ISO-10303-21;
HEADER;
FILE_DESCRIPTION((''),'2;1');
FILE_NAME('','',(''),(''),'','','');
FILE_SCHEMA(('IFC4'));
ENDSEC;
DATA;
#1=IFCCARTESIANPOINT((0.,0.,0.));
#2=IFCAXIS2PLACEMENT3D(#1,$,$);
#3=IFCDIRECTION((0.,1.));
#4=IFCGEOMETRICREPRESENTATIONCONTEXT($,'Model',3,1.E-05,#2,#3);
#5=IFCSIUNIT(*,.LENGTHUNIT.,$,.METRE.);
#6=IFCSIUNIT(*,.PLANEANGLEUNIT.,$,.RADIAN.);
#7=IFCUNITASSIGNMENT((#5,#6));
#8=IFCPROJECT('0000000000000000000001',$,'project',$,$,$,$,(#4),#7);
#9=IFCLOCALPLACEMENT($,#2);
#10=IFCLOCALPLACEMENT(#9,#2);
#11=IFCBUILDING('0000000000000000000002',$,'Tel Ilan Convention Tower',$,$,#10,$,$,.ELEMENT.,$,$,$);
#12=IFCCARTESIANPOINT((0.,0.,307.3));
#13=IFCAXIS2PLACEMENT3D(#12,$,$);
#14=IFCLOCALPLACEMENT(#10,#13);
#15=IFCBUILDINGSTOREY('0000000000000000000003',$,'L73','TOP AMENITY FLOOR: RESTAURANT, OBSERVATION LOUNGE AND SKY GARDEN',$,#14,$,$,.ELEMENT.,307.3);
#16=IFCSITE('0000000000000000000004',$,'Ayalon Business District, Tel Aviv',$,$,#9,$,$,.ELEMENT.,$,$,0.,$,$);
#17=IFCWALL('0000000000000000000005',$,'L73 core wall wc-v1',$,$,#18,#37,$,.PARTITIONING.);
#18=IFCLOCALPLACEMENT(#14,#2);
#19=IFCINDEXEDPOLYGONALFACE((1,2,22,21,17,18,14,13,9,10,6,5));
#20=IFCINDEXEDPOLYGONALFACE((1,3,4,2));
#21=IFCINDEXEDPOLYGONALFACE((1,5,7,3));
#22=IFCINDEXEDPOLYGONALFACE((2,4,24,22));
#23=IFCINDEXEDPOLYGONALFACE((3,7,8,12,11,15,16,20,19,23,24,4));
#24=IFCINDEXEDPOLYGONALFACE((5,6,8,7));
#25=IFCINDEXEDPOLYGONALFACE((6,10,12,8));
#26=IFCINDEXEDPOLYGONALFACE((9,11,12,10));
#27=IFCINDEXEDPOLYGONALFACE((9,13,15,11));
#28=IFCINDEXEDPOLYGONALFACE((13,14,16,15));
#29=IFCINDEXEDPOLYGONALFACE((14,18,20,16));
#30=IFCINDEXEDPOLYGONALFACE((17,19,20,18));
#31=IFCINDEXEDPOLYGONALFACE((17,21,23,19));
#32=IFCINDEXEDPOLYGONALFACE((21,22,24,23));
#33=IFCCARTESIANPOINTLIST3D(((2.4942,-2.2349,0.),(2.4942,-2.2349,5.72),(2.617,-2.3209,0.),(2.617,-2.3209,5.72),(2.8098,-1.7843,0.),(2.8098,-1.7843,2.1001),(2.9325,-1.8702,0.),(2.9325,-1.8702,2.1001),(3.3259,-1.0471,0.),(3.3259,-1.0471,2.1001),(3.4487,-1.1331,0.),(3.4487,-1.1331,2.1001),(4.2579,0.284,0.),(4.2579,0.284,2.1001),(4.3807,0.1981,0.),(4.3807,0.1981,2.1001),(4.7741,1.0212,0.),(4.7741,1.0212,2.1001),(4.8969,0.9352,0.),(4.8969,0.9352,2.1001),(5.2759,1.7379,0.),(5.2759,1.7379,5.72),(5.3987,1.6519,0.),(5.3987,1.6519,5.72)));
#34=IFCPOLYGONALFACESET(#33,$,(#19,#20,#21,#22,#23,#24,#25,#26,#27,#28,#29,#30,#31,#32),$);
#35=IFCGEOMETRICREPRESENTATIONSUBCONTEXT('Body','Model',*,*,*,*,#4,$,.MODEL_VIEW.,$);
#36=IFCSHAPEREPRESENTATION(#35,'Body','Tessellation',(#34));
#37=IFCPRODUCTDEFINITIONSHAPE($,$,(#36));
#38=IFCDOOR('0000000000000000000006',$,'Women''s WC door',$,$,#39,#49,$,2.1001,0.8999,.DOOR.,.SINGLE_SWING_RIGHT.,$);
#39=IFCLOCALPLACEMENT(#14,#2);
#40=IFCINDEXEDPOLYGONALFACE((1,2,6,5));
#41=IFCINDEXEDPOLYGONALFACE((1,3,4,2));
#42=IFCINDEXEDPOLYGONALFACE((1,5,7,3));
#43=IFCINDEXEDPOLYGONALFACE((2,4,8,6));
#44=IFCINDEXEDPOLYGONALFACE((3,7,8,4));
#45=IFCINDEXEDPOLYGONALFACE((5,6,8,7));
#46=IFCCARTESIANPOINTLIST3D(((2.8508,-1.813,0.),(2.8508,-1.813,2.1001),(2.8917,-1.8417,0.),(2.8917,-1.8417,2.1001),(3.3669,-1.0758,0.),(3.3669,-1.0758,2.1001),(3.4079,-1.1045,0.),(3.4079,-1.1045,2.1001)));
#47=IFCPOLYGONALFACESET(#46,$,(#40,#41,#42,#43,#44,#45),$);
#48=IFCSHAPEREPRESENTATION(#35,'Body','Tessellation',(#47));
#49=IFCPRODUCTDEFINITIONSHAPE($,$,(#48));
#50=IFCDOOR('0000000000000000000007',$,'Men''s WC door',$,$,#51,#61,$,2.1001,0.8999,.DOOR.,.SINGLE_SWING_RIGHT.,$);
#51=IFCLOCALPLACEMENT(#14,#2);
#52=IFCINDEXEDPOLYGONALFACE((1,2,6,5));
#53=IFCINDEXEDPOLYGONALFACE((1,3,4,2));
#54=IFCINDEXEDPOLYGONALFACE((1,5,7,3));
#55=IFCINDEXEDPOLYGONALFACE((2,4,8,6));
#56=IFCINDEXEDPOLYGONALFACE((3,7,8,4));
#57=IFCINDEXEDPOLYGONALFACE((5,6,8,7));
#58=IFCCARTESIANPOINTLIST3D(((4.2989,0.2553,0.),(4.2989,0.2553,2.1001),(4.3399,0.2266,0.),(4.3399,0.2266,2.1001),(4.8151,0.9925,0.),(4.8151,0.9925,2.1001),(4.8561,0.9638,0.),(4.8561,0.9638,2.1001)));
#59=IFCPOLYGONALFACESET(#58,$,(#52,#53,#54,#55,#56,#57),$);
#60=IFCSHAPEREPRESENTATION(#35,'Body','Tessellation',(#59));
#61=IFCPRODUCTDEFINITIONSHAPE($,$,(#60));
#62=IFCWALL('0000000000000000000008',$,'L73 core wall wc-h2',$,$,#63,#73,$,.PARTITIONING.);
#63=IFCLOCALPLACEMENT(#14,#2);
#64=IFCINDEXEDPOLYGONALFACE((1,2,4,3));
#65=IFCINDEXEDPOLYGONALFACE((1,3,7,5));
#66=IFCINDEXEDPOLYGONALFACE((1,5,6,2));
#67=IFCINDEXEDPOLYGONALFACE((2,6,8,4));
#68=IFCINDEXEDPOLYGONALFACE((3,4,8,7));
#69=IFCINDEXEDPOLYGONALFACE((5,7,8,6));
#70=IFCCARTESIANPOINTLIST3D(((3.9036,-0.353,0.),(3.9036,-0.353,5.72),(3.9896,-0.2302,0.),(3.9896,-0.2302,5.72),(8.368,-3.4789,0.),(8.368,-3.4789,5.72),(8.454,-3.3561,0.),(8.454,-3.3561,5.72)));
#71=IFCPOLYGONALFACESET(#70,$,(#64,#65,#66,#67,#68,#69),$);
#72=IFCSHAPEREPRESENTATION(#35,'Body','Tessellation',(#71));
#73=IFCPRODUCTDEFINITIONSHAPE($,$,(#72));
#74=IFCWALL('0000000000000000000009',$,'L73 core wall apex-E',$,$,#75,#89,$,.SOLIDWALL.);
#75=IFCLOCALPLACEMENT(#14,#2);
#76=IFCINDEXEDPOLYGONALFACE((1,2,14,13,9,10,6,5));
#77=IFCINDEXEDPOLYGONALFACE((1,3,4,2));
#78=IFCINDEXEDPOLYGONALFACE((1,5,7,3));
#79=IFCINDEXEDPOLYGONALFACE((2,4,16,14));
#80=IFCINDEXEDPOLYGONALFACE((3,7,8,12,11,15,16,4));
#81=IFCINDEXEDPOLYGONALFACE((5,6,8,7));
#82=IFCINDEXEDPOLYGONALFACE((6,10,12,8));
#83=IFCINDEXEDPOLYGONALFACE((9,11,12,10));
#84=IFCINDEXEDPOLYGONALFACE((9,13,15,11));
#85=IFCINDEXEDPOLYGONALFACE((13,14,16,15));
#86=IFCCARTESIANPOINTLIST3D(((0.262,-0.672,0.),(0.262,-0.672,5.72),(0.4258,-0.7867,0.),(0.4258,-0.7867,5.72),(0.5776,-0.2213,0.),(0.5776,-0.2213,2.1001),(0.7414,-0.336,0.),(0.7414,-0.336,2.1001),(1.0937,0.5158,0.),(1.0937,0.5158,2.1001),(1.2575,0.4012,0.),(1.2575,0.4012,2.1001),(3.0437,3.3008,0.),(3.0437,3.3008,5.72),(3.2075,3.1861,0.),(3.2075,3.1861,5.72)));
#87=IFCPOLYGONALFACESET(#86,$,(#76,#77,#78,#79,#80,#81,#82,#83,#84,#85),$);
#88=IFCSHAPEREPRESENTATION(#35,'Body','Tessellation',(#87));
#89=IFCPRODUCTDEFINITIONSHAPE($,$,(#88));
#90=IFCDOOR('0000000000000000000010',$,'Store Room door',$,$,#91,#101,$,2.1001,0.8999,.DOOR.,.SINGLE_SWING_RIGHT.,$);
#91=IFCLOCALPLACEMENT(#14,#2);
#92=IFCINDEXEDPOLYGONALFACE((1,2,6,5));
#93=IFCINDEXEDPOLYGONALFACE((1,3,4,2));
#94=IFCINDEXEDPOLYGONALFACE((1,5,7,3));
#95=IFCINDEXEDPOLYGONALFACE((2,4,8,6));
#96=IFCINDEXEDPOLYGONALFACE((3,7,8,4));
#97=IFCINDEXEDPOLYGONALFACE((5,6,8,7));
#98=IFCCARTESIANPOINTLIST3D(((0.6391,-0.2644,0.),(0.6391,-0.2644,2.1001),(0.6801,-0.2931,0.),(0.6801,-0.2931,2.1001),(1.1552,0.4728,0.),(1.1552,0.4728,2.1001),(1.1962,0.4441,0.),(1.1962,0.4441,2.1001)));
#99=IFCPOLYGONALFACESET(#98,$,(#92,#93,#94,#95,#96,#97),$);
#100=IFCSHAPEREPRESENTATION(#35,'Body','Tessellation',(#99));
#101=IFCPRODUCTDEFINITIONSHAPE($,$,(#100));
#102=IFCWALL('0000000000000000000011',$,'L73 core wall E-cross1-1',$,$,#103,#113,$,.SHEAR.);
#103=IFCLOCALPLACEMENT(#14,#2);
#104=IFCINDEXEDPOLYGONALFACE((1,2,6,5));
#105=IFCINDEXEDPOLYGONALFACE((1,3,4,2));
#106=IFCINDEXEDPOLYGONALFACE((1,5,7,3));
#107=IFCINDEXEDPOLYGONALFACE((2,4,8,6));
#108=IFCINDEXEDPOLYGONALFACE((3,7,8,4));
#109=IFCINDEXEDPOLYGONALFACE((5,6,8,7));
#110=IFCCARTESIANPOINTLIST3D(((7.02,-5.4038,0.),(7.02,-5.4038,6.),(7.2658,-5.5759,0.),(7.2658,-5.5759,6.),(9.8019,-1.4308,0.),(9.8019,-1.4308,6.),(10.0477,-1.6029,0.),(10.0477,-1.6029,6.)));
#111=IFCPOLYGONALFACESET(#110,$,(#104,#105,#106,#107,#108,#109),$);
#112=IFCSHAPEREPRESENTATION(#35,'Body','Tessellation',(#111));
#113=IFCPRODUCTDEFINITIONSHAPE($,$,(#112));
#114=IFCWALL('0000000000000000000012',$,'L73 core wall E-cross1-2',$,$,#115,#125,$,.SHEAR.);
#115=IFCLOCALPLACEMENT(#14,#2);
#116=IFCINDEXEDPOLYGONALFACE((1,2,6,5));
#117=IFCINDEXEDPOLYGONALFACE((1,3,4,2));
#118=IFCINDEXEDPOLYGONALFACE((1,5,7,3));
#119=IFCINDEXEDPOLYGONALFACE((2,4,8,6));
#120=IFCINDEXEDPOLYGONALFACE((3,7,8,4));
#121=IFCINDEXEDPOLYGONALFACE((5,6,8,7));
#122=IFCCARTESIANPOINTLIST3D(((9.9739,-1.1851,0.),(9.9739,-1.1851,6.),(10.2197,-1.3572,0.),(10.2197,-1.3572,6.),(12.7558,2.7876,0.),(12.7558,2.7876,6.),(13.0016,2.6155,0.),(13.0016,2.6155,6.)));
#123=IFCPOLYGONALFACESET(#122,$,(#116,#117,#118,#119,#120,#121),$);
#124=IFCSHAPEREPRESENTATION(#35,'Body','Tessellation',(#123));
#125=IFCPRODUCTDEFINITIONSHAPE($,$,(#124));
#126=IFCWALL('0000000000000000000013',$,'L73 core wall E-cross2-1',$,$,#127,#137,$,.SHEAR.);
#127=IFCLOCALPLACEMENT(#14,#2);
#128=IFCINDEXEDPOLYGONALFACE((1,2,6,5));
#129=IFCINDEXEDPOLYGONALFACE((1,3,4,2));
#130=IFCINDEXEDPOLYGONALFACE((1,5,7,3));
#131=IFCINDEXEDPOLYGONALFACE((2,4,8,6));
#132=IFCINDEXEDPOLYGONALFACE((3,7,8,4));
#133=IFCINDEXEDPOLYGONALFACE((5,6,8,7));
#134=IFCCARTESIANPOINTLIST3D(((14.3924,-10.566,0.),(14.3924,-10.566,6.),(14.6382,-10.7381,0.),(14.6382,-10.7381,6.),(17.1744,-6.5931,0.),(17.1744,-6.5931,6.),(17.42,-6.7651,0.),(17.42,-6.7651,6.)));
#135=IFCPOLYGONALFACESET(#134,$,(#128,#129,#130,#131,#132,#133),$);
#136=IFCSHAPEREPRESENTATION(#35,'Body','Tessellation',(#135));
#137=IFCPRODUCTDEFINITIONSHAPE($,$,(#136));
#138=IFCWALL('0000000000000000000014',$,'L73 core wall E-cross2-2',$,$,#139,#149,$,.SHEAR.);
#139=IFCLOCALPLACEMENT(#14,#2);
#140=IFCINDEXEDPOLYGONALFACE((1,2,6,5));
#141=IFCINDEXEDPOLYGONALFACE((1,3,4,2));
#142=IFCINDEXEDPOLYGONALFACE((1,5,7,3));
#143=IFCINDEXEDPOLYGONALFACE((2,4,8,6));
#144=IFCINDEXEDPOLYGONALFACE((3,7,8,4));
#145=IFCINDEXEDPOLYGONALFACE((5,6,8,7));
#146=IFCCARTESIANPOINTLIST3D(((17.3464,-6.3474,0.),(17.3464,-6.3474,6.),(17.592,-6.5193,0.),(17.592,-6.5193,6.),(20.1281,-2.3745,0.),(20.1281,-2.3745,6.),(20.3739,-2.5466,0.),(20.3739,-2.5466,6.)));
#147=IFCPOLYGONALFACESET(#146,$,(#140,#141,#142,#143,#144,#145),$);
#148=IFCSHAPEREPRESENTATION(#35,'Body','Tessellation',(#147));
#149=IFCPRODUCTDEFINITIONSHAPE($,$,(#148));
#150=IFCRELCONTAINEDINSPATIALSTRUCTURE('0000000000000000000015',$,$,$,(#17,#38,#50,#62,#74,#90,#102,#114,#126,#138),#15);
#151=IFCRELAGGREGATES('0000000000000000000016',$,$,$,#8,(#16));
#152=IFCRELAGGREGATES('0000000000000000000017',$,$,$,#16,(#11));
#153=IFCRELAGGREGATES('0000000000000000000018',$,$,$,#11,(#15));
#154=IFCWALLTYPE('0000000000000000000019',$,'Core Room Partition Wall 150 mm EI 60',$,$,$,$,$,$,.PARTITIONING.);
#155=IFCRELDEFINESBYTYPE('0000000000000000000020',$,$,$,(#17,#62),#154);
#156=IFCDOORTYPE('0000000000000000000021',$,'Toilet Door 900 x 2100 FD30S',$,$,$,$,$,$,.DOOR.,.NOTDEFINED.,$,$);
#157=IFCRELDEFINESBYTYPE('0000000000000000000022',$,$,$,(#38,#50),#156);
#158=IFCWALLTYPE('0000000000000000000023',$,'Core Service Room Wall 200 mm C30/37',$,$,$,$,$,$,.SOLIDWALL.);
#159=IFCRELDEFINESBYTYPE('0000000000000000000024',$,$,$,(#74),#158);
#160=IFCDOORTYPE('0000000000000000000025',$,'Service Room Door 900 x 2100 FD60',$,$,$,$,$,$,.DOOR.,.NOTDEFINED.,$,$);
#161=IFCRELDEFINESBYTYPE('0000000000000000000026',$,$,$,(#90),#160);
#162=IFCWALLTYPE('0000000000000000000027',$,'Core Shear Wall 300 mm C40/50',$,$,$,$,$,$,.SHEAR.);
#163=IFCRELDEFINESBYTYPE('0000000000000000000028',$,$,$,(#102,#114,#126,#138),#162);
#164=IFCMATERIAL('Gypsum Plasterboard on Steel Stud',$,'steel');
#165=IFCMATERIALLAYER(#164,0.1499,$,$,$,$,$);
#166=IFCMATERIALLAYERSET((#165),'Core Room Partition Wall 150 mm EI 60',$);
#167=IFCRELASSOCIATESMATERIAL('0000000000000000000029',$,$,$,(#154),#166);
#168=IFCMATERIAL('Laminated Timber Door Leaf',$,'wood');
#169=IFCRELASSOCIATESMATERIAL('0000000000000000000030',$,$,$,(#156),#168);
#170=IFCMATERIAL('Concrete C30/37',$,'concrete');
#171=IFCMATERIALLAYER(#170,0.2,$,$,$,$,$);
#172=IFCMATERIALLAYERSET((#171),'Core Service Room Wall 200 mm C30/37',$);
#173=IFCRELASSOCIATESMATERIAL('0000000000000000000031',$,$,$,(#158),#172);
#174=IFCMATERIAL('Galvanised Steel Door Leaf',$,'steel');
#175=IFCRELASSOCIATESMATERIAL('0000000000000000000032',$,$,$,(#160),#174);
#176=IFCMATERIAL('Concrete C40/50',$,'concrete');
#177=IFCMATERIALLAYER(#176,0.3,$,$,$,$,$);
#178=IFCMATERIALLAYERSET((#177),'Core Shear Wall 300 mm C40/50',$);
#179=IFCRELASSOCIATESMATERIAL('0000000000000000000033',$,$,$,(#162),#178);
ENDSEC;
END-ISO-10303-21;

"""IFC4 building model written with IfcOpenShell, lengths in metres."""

from ifc_helpers import new_model, si_unit, direction, frame, frame_2d, origin, place, context, subcontext, project, spatial, polyline, rectangle, outline, extrude, material, layer, layer_set, type_object, element, fill, save


model = new_model("IFC4")

# Units and contexts
model_context = context("Model", 3, precision=1e-05, world=origin(), true_north=direction((0.0, 1.0)))
body_context = subcontext(model_context, "Body", "Model", "MODEL_VIEW")
ifc_project = project(units=[si_unit("LENGTHUNIT", "METRE"), si_unit("PLANEANGLEUNIT", "RADIAN")], contexts=[model_context])

# Site, building, storey
site_placement = place(None, origin())
site = spatial("IfcSite", under=ifc_project, at=site_placement, Name="Ayalon Business District, Tel Aviv", CompositionType="ELEMENT", RefElevation=0.0)
building_placement = place(site_placement, origin())
building = spatial("IfcBuilding", under=site, at=building_placement, Name="Tel Ilan Convention Tower", CompositionType="ELEMENT")
storey_placement = place(building_placement, frame((0.0, 0.0, 307.3)))
storey = spatial("IfcBuildingStorey", under=building, at=storey_placement, Name="L73", Description="TOP AMENITY FLOOR: RESTAURANT, OBSERVATION LOUNGE AND SKY GARDEN", CompositionType="ELEMENT", Elevation=307.3)

# Wall, openings, doors
ifc_material_1 = material(Name="Gypsum Plasterboard on Steel Stud", Category="steel")
ifc_layer_1 = layer(ifc_material_1, 0.1499)
ifc_layer_set_1 = layer_set([ifc_layer_1], Name="Core Room Partition Wall 150 mm EI 60")
wall_type_1 = type_object("IfcWallType", Name="Core Room Partition Wall 150 mm EI 60", PredefinedType="PARTITIONING", material=ifc_layer_set_1)
wall_1_placement = place(storey_placement, frame((2.5557, -2.2778, 0.0), z_axis=(0.0, 0.0, 1.0), x_axis=(0.57356, 0.819163, 0.0)))
wall_1 = element("IfcWall", 1, at=wall_1_placement, inside=storey, type_object=wall_type_1, Name="L73 core wall wc-v1", PredefinedType="PARTITIONING", context=body_context, shape_type="SweptSolid", body=[
    extrude(rectangle(XDim=4.8499, YDim=0.1499, at=frame_2d((2.4248, 0.0))), origin(), (0.0, 0.0, 1.0), 5.72),
])
opening_1_placement = place(wall_1_placement, frame((0.55, 0.0, 0.0)))
opening_1 = element("IfcOpeningElement", 2, at=opening_1_placement, cuts=wall_1, PredefinedType="OPENING", context=body_context, shape_type="SweptSolid", body=[
    extrude(rectangle(XDim=0.8999, YDim=2.1001, at=frame_2d((0.45, 1.05))), frame((0.0, 0.085, 0.0), z_axis=(0.0, -1.0, 0.0), x_axis=(1.0, 0.0, 0.0)), (0.0, 0.0, 1.0), 0.1699),
])
opening_2_placement = place(wall_1_placement, frame((3.075, 0.0, 0.0)))
opening_2 = element("IfcOpeningElement", 3, at=opening_2_placement, cuts=wall_1, PredefinedType="OPENING", context=body_context, shape_type="SweptSolid", body=[
    extrude(rectangle(XDim=0.8999, YDim=2.1001, at=frame_2d((0.45, 1.05))), frame((0.0, 0.085, 0.0), z_axis=(0.0, -1.0, 0.0), x_axis=(1.0, 0.0, 0.0)), (0.0, 0.0, 1.0), 0.1699),
])
ifc_material_2 = material(Name="Laminated Timber Door Leaf", Category="wood")
door_type_1 = type_object("IfcDoorType", Name="Toilet Door 900 x 2100 FD30S", OperationType="NOTDEFINED", PredefinedType="DOOR", material=ifc_material_2)
door_1_placement = place(opening_1_placement, origin())
door_1 = element("IfcDoor", 4, at=door_1_placement, inside=storey, type_object=door_type_1, Name="Women's WC door", OperationType="SINGLE_SWING_RIGHT", OverallHeight=2.1001, OverallWidth=0.8999, PredefinedType="DOOR", context=body_context, shape_type="SweptSolid", body=[
    extrude(rectangle(XDim=0.8999, YDim=2.1001, at=frame_2d((0.45, 1.05))), frame((0.0, 0.0249, 0.0), z_axis=(0.0, -1.0, 0.0), x_axis=(1.0, 0.0, 0.0)), (0.0, 0.0, 1.0), 0.05),
])
fill(opening_1, door_1)
door_2_placement = place(opening_2_placement, origin())
door_2 = element("IfcDoor", 5, at=door_2_placement, inside=storey, type_object=door_type_1, Name="Men's WC door", OperationType="SINGLE_SWING_RIGHT", OverallHeight=2.1001, OverallWidth=0.8999, PredefinedType="DOOR", context=body_context, shape_type="SweptSolid", body=[
    extrude(rectangle(XDim=0.8999, YDim=2.1001, at=frame_2d((0.45, 1.05))), frame((0.0, 0.0249, 0.0), z_axis=(0.0, -1.0, 0.0), x_axis=(1.0, 0.0, 0.0)), (0.0, 0.0, 1.0), 0.05),
])
fill(opening_2, door_2)

# Wall
wall_2_placement = place(storey_placement, frame((3.9465, -0.2915, 0.0), z_axis=(0.0, 0.0, 1.0), x_axis=(0.819152, -0.573577, 0.0)))
element("IfcWall", 6, at=wall_2_placement, inside=storey, type_object=wall_type_1, Name="L73 core wall wc-h2", PredefinedType="PARTITIONING", context=body_context, shape_type="SweptSolid", body=[
    extrude(rectangle(XDim=5.45, YDim=0.1499, at=frame_2d((2.7251, 0.0))), origin(), (0.0, 0.0, 1.0), 5.72),
])

# Wall, opening, door
ifc_material_3 = material(Name="Concrete C30/37", Category="concrete")
ifc_layer_2 = layer(ifc_material_3, 0.2)
ifc_layer_set_2 = layer_set([ifc_layer_2], Name="Core Service Room Wall 200 mm C30/37")
wall_type_2 = type_object("IfcWallType", Name="Core Service Room Wall 200 mm C30/37", PredefinedType="SOLIDWALL", material=ifc_layer_set_2)
wall_3_placement = place(storey_placement, frame((0.344, -0.7292, 0.0), z_axis=(0.0, 0.0, 1.0), x_axis=(0.57356, 0.819163, 0.0)))
wall_3 = element("IfcWall", 7, at=wall_3_placement, inside=storey, type_object=wall_type_2, Name="L73 core wall apex-E", PredefinedType="SOLIDWALL", context=body_context, shape_type="SweptSolid", body=[
    extrude(rectangle(XDim=4.8499, YDim=0.2, at=frame_2d((2.4248, 0.0))), origin(), (0.0, 0.0, 1.0), 5.72),
])
opening_3_placement = place(wall_3_placement, frame((0.55, 0.0, 0.0)))
opening_3 = element("IfcOpeningElement", 8, at=opening_3_placement, cuts=wall_3, PredefinedType="OPENING", context=body_context, shape_type="SweptSolid", body=[
    extrude(rectangle(XDim=0.8999, YDim=2.1001, at=frame_2d((0.45, 1.05))), frame((0.0, 0.1099, 0.0), z_axis=(0.0, -1.0, 0.0), x_axis=(1.0, 0.0, 0.0)), (0.0, 0.0, 1.0), 0.22),
])
ifc_material_4 = material(Name="Galvanised Steel Door Leaf", Category="steel")
door_type_2 = type_object("IfcDoorType", Name="Service Room Door 900 x 2100 FD60", OperationType="NOTDEFINED", PredefinedType="DOOR", material=ifc_material_4)
door_3_placement = place(opening_3_placement, origin())
door_3 = element("IfcDoor", 9, at=door_3_placement, inside=storey, type_object=door_type_2, Name="Store Room door", OperationType="SINGLE_SWING_RIGHT", OverallHeight=2.1001, OverallWidth=0.8999, PredefinedType="DOOR", context=body_context, shape_type="SweptSolid", body=[
    extrude(rectangle(XDim=0.8999, YDim=2.1001, at=frame_2d((0.45, 1.05))), frame((0.0, 0.0249, 0.0), z_axis=(0.0, -1.0, 0.0), x_axis=(1.0, 0.0, 0.0)), (0.0, 0.0, 1.0), 0.05),
])
fill(opening_3, door_3)

# Walls
ifc_material_5 = material(Name="Concrete C40/50", Category="concrete")
ifc_layer_3 = layer(ifc_material_5, 0.3)
ifc_layer_set_3 = layer_set([ifc_layer_3], Name="Core Shear Wall 300 mm C40/50")
wall_type_3 = type_object("IfcWallType", Name="Core Shear Wall 300 mm C40/50", PredefinedType="SHEAR", material=ifc_layer_set_3)
wall_4_placement = place(storey_placement, frame((7.1428, -5.4897, 0.0), z_axis=(0.0, 0.0, 1.0), x_axis=(0.573618, 0.819123, 0.0)))
element("IfcWall", 10, at=wall_4_placement, inside=storey, type_object=wall_type_3, Name="L73 core wall E-cross1-1", PredefinedType="SHEAR", context=body_context, shape_type="SweptSolid", body=[
    extrude(outline(polyline([(0.0, 0.1499), (0.0, -0.1501), (4.8501, -0.1499), (4.8501, 0.1501), (0.0, 0.1499)])), origin(), (0.0, 0.0, 1.0), 6.0),
])
wall_5_placement = place(storey_placement, frame((10.0969, -1.2712, 0.0), z_axis=(0.0, 0.0, 1.0), x_axis=(0.57356, 0.819163, 0.0)))
element("IfcWall", 11, at=wall_5_placement, inside=storey, type_object=wall_type_3, Name="L73 core wall E-cross1-2", PredefinedType="SHEAR", context=body_context, shape_type="SweptSolid", body=[
    extrude(outline(polyline([(4.8499, -0.1501), (4.8499, 0.1499), (0.0, 0.1501), (0.0, -0.1499), (4.8499, -0.1501)])), origin(), (0.0, 0.0, 1.0), 6.0),
])
wall_6_placement = place(storey_placement, frame((14.5154, -10.6521, 0.0), z_axis=(0.0, 0.0, 1.0), x_axis=(0.57356, 0.819163, 0.0)))
element("IfcWall", 12, at=wall_6_placement, inside=storey, type_object=wall_type_3, Name="L73 core wall E-cross2-1", PredefinedType="SHEAR", context=body_context, shape_type="SweptSolid", body=[
    extrude(outline(polyline([(0.0, 0.1501), (0.0, -0.1499), (4.8501, -0.1499), (4.8501, 0.1499), (0.0, 0.1501)])), origin(), (0.0, 0.0, 1.0), 6.0),
])
wall_7_placement = place(storey_placement, frame((17.4692, -6.4333, 0.0), z_axis=(0.0, 0.0, 1.0), x_axis=(0.573594, 0.81914, 0.0)))
element("IfcWall", 13, at=wall_7_placement, inside=storey, type_object=wall_type_3, Name="L73 core wall E-cross2-2", PredefinedType="SHEAR", context=body_context, shape_type="SweptSolid", body=[
    extrude(outline(polyline([(4.8499, -0.1499), (4.8499, 0.1501), (0.0, 0.1499), (0.0, -0.1499), (4.8499, -0.1499)])), origin(), (0.0, 0.0, 1.0), 6.0),
])

save(model, "model.ifc")
